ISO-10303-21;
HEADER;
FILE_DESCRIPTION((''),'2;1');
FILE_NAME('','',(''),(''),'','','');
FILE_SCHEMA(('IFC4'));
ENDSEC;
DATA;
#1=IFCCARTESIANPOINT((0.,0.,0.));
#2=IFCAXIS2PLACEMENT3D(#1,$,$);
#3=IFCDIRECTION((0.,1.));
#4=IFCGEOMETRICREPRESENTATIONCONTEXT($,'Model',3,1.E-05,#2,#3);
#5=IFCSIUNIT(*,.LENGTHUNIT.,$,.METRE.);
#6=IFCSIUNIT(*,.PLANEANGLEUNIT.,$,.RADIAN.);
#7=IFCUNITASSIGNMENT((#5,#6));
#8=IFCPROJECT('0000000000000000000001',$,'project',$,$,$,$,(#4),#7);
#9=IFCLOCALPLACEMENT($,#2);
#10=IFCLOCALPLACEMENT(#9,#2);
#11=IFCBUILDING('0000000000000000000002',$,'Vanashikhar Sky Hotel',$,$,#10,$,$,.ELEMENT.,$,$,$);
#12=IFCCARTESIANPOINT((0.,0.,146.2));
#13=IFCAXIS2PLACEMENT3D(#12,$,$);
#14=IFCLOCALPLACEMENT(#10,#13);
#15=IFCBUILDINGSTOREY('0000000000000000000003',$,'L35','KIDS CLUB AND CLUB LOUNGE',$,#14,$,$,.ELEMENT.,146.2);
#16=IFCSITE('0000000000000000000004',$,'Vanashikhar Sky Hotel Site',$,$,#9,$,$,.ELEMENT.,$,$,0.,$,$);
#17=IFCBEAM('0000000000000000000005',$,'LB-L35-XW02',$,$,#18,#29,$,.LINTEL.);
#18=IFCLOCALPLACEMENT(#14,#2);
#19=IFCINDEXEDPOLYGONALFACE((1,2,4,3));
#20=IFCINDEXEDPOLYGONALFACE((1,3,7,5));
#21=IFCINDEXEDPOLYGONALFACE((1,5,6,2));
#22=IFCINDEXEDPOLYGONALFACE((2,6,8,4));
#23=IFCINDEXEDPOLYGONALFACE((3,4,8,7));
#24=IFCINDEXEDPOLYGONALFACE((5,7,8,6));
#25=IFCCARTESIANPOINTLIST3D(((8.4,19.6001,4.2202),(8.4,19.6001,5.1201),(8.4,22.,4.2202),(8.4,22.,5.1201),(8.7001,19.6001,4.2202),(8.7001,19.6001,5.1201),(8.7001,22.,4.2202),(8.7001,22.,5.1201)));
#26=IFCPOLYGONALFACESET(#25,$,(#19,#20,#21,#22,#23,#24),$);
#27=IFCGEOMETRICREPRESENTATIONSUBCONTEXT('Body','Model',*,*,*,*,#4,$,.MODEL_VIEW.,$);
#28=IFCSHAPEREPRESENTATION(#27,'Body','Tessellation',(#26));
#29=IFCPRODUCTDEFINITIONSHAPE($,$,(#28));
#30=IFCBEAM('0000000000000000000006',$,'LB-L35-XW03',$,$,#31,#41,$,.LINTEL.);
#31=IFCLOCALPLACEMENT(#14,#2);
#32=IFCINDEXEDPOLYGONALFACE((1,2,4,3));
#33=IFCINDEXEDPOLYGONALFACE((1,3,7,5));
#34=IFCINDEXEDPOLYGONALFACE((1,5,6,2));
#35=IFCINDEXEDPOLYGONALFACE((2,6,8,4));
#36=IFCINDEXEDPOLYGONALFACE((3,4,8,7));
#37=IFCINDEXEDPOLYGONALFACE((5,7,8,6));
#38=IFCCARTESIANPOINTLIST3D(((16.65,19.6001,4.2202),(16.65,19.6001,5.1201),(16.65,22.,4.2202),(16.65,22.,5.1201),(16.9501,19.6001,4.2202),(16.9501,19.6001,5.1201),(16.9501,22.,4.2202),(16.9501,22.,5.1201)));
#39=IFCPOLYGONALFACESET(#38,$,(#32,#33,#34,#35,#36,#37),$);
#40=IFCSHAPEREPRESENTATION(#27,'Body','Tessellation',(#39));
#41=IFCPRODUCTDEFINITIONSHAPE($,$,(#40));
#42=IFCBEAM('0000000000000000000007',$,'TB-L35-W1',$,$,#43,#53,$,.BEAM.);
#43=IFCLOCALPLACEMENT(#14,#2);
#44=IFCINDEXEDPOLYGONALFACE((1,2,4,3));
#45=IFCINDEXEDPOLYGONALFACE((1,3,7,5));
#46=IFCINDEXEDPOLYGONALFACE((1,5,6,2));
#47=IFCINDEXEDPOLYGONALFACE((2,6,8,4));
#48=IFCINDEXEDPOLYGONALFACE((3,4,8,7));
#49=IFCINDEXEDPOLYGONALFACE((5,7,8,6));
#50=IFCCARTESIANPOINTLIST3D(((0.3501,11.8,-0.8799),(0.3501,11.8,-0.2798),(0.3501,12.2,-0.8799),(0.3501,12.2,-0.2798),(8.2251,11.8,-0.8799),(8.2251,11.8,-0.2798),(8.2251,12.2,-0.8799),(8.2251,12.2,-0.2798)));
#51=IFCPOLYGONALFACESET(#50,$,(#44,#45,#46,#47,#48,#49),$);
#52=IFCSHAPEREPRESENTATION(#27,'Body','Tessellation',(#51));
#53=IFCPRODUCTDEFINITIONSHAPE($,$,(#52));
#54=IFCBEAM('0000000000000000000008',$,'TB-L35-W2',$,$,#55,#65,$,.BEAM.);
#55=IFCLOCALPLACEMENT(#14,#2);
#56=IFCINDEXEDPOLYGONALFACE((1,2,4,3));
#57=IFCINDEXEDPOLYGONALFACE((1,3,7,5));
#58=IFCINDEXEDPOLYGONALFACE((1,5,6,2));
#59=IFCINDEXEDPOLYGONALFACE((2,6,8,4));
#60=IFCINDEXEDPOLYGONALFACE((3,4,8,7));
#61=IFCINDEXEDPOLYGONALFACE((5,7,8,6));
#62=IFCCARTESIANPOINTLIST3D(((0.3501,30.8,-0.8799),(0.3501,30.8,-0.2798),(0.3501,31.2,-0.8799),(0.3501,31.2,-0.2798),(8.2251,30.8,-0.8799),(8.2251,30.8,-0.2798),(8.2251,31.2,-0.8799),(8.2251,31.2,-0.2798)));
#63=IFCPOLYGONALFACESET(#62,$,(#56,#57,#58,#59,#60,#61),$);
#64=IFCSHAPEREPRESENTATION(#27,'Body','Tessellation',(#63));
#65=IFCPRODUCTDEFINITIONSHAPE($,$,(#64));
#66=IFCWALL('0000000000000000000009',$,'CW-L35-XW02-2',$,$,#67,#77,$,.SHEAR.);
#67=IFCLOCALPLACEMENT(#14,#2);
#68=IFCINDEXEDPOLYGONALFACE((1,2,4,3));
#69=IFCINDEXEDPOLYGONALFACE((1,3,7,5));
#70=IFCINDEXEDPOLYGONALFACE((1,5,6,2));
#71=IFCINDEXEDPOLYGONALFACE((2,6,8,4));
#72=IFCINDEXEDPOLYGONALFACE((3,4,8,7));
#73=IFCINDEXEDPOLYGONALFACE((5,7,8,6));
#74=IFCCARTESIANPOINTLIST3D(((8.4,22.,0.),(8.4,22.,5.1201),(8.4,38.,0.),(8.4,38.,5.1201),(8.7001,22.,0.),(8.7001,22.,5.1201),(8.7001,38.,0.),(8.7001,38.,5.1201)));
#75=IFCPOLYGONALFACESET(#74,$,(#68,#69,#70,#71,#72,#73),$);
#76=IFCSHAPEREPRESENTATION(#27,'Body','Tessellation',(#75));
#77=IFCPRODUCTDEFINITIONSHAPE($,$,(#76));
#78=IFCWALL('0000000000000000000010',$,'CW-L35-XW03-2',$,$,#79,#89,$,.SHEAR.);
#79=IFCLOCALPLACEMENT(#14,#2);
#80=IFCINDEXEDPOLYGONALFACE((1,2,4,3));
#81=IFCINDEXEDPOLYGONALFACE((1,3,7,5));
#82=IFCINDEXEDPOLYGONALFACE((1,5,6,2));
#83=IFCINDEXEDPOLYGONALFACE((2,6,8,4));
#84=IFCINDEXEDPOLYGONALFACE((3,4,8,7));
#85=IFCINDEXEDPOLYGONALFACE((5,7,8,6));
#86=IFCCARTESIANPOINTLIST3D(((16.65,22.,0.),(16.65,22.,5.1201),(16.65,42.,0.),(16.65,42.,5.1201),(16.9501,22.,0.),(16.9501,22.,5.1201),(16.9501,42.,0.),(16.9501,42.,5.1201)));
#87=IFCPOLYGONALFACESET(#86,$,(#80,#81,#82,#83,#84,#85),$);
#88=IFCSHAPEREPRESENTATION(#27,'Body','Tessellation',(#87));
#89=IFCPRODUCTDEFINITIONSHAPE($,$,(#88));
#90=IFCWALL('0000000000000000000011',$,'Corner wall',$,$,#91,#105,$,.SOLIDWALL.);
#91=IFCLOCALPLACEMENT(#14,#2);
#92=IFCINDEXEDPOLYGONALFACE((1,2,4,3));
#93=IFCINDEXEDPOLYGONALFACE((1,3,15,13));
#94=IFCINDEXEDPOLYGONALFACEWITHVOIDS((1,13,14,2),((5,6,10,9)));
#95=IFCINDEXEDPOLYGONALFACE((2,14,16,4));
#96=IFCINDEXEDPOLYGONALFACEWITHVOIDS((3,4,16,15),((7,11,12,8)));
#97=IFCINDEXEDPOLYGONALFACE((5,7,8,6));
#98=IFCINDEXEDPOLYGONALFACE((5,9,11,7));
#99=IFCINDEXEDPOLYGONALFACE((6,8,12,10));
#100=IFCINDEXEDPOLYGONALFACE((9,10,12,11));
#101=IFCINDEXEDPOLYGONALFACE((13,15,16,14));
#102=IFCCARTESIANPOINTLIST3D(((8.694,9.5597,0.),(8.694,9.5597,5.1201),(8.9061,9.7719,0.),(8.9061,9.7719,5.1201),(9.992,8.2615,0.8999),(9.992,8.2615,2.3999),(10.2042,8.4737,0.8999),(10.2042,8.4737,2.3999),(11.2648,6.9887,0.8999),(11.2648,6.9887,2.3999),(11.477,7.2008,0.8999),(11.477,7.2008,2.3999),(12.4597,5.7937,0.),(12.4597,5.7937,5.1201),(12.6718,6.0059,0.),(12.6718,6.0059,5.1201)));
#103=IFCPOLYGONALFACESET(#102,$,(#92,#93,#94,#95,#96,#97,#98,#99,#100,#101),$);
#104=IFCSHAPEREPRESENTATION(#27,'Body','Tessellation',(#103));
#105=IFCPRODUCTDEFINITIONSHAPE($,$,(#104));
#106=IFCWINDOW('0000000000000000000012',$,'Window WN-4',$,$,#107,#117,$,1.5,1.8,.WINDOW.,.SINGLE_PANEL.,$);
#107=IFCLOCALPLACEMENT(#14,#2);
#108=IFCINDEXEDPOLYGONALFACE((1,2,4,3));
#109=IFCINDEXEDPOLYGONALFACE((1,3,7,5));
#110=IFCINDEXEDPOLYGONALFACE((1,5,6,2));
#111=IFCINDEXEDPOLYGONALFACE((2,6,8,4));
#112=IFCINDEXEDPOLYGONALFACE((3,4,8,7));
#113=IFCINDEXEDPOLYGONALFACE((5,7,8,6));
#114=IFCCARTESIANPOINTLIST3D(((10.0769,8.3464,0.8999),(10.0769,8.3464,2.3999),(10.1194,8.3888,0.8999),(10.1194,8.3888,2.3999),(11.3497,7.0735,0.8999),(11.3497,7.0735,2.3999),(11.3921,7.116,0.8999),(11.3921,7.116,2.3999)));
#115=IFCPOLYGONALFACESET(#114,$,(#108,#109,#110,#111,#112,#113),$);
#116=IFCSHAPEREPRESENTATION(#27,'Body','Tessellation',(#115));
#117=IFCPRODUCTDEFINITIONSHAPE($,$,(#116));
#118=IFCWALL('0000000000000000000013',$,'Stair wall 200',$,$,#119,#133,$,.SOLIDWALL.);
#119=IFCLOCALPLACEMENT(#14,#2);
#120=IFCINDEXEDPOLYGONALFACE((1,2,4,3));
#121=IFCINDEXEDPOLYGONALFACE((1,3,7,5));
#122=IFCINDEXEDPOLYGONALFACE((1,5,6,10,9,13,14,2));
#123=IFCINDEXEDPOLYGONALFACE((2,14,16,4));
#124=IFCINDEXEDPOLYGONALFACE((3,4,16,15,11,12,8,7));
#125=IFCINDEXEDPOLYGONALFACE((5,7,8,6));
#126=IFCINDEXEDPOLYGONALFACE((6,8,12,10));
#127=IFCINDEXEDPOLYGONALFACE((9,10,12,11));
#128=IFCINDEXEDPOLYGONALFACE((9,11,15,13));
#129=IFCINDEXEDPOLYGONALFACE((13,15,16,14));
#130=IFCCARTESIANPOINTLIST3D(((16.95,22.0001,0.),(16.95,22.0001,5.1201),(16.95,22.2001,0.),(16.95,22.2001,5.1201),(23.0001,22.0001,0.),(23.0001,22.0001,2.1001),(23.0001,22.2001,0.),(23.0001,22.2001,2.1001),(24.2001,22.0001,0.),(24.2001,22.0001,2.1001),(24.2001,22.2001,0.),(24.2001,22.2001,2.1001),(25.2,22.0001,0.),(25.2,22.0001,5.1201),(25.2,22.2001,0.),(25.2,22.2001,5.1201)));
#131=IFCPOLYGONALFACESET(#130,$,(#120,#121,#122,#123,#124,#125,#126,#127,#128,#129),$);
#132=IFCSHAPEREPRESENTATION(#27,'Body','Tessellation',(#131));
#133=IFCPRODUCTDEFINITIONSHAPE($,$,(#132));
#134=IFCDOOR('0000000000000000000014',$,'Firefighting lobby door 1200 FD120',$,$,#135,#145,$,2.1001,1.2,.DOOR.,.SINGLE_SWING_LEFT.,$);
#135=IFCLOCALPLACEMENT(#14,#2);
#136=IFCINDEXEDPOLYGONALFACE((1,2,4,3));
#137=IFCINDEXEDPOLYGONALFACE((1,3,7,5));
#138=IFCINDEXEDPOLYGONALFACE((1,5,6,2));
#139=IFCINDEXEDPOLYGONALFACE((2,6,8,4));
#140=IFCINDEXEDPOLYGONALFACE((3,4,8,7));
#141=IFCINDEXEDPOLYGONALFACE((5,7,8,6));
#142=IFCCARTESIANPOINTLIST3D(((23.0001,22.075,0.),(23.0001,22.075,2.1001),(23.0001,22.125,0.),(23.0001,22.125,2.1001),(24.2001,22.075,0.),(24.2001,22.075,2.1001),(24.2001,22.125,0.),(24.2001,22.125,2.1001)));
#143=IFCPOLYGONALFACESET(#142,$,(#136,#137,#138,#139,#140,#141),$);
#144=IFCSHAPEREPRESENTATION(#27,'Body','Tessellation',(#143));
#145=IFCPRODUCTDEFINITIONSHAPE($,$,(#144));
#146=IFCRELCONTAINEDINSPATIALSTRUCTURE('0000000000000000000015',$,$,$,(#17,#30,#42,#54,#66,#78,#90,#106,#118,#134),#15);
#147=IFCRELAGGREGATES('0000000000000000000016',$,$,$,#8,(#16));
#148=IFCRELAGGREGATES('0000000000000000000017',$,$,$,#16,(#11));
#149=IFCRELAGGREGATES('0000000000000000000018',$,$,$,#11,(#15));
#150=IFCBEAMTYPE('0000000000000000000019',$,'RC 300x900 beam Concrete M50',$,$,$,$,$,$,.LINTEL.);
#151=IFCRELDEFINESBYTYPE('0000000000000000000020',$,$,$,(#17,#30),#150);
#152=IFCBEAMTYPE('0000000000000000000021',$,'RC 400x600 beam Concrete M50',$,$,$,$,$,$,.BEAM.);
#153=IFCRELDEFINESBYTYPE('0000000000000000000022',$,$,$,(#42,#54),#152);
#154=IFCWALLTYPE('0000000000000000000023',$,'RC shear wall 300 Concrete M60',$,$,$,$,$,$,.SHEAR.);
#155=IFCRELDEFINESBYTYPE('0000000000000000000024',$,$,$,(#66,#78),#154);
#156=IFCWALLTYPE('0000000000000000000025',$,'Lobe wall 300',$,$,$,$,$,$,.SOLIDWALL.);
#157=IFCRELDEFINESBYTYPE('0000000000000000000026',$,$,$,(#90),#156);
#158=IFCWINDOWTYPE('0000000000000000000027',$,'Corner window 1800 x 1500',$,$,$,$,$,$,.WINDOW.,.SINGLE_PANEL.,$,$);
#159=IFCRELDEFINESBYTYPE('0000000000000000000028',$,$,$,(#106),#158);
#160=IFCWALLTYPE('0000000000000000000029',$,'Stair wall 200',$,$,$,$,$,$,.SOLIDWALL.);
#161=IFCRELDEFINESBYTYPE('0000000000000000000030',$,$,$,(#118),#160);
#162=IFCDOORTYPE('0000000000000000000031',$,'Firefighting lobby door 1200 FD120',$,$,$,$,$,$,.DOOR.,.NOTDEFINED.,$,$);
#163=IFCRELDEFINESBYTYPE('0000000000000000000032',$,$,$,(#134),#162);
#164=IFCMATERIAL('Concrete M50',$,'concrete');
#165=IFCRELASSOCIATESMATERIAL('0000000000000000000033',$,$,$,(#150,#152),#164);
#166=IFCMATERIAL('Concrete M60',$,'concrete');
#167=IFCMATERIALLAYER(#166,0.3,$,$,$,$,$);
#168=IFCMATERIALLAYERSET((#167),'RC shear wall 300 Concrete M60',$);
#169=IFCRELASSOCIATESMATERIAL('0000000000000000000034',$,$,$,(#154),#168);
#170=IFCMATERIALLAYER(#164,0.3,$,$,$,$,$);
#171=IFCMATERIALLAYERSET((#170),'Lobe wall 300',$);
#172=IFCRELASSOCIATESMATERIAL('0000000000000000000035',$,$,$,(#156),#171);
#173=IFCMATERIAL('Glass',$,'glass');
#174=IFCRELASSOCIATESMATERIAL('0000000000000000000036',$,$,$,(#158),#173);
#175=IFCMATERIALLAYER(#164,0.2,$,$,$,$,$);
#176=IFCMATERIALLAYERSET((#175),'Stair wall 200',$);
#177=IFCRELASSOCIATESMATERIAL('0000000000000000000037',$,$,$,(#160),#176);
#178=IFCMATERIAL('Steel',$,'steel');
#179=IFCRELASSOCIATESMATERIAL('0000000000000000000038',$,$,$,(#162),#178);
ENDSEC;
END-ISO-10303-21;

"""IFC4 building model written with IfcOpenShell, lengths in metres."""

from ifc_helpers import new_model, si_unit, direction, frame, frame_2d, origin, origin_2d, place, context, subcontext, project, spatial, rectangle, extrude, source, transform, mapped, material, layer, layer_set, material_profile, profile_set, type_object, element, fill, save


model = new_model("IFC4")

# Units and contexts
model_context = context("Model", 3, precision=1e-05, world=origin(), true_north=direction((0.0, 1.0)))
body_context = subcontext(model_context, "Body", "Model", "MODEL_VIEW")
ifc_project = project(units=[si_unit("LENGTHUNIT", "METRE"), si_unit("PLANEANGLEUNIT", "RADIAN")], contexts=[model_context])

# Site, building, storey
site_placement = place(None, origin())
site = spatial("IfcSite", under=ifc_project, at=site_placement, Name="Vanashikhar Sky Hotel Site", CompositionType="ELEMENT", RefElevation=0.0)
building_placement = place(site_placement, origin())
building = spatial("IfcBuilding", under=site, at=building_placement, Name="Vanashikhar Sky Hotel", CompositionType="ELEMENT")
storey_placement = place(building_placement, frame((0.0, 0.0, 146.2)))
storey = spatial("IfcBuildingStorey", under=building, at=storey_placement, Name="L35", Description="KIDS CLUB AND CLUB LOUNGE", CompositionType="ELEMENT", Elevation=146.2)

# Beams
ifc_material_1 = material(Name="Concrete M50", Category="concrete")
ifc_material_profile_1 = material_profile(ifc_material_1, rectangle(XDim=0.3, YDim=0.8999, at=origin_2d()))
ifc_profile_set_1 = profile_set([ifc_material_profile_1], Name="RC 300x900 beam Concrete M50")
beam_type_1 = type_object("IfcBeamType", Name="RC 300x900 beam Concrete M50", PredefinedType="LINTEL", material=ifc_profile_set_1)
shared_shape_1 = source(origin(), body_context, "Body", "SweptSolid", [
    extrude(rectangle(XDim=0.3, YDim=0.8999, at=origin_2d()), origin(), (0.0, 0.0, 1.0), 2.3999),
])
for number, where, z_axis, x_axis, name in (
    (1, (8.55, 19.6001, 4.6702), (0.0, 1.0, 0.0), (-1.0, 0.0, 0.0), "LB-L35-XW02"),
    (2, (16.8, 19.6001, 4.6702), (0.0, 1.0, 0.0), (-1.0, 0.0, 0.0), "LB-L35-XW03"),
):
    element("IfcBeam", number, at=place(storey_placement, frame(where, z_axis=z_axis, x_axis=x_axis)), inside=storey, type_object=beam_type_1, Name=name, PredefinedType="LINTEL", context=body_context, shape_type="MappedRepresentation", body=[
        mapped(shared_shape_1, transform((0.0, 0.0, 0.0), scale=1.0)),
    ])
ifc_material_profile_2 = material_profile(ifc_material_1, rectangle(XDim=0.3999, YDim=0.6001, at=origin_2d()))
ifc_profile_set_2 = profile_set([ifc_material_profile_2], Name="RC 400x600 beam Concrete M50")
beam_type_2 = type_object("IfcBeamType", Name="RC 400x600 beam Concrete M50", PredefinedType="BEAM", material=ifc_profile_set_2)
shared_shape_2 = source(origin(), body_context, "Body", "SweptSolid", [
    extrude(rectangle(XDim=0.3999, YDim=0.6001, at=origin_2d()), origin(), (0.0, 0.0, 1.0), 7.875),
])
for number, where, z_axis, x_axis, name in (
    (3, (0.3501, 12.0, -0.5798), (1.0, 0.0, 0.0), (0.0, 1.0, 0.0), "TB-L35-W1"),
    (4, (0.3501, 31.0, -0.5798), (1.0, 0.0, 0.0), (0.0, 1.0, 0.0), "TB-L35-W2"),
):
    element("IfcBeam", number, at=place(storey_placement, frame(where, z_axis=z_axis, x_axis=x_axis)), inside=storey, type_object=beam_type_2, Name=name, PredefinedType="BEAM", context=body_context, shape_type="MappedRepresentation", body=[
        mapped(shared_shape_2, transform((0.0, 0.0, 0.0), scale=1.0)),
    ])

# Shared definitions
ifc_material_2 = material(Name="Concrete M60", Category="concrete")
ifc_layer_1 = layer(ifc_material_2, 0.3)
ifc_layer_set_1 = layer_set([ifc_layer_1], Name="RC shear wall 300 Concrete M60")
wall_type_1 = type_object("IfcWallType", Name="RC shear wall 300 Concrete M60", PredefinedType="SHEAR", material=ifc_layer_set_1)

# Walls
shared_shape_3 = source(origin(), body_context, "Body", "SweptSolid", [
    extrude(rectangle(XDim=16.0, YDim=0.3, at=frame_2d((8.0, 0.0))), origin(), (0.0, 0.0, 1.0), 5.1201),
])
wall_1_placement = place(storey_placement, frame((8.55, 22.0, 0.0), z_axis=(0.0, 0.0, 1.0), x_axis=(0.0, 1.0, 0.0)))
element("IfcWall", 5, at=wall_1_placement, inside=storey, type_object=wall_type_1, Name="CW-L35-XW02-2", PredefinedType="SHEAR", context=body_context, shape_type="MappedRepresentation", body=[
    mapped(shared_shape_3, transform((0.0, 0.0, 0.0), scale=1.0)),
])
shared_shape_4 = source(origin(), body_context, "Body", "SweptSolid", [
    extrude(rectangle(XDim=20.0, YDim=0.3, at=frame_2d((10.0, 0.0))), origin(), (0.0, 0.0, 1.0), 5.1201),
])
wall_2_placement = place(storey_placement, frame((16.8, 22.0, 0.0), z_axis=(0.0, 0.0, 1.0), x_axis=(0.0, 1.0, 0.0)))
element("IfcWall", 6, at=wall_2_placement, inside=storey, type_object=wall_type_1, Name="CW-L35-XW03-2", PredefinedType="SHEAR", context=body_context, shape_type="MappedRepresentation", body=[
    mapped(shared_shape_4, transform((0.0, 0.0, 0.0), scale=1.0)),
])

# Wall, opening, window
ifc_layer_2 = layer(ifc_material_1, 0.3)
ifc_layer_set_2 = layer_set([ifc_layer_2], Name="Lobe wall 300")
wall_type_2 = type_object("IfcWallType", Name="Lobe wall 300", PredefinedType="SOLIDWALL", material=ifc_layer_set_2)
shared_shape_5 = source(origin(), body_context, "Body", "SweptSolid", [
    extrude(rectangle(XDim=5.3257, YDim=0.3, at=frame_2d((2.6628, 0.0))), origin(), (0.0, 0.0, 1.0), 5.1201),
])
wall_3_placement = place(storey_placement, frame((8.8, 9.6658, 0.0), z_axis=(0.0, 0.0, 1.0), x_axis=(0.707084, -0.70713, 0.0)))
wall_3 = element("IfcWall", 7, at=wall_3_placement, inside=storey, type_object=wall_type_2, Name="Corner wall", PredefinedType="SOLIDWALL", context=body_context, shape_type="MappedRepresentation", body=[
    mapped(shared_shape_5, transform((0.0, 0.0, 0.0), scale=1.0)),
])
shared_shape_6 = source(origin(), body_context, "Body", "SweptSolid", [
    extrude(rectangle(XDim=1.8, YDim=1.5, at=frame_2d((0.8999, 0.75))), frame((0.0, 0.1602, 0.0), z_axis=(0.0, -1.0, 0.0), x_axis=(1.0, 0.0, 0.0)), (0.0, 0.0, 1.0), 0.3201),
])
opening_1_placement = place(wall_3_placement, frame((1.8359, 0.0, 0.8999)))
opening_1 = element("IfcOpeningElement", 8, at=opening_1_placement, cuts=wall_3, PredefinedType="OPENING", context=body_context, shape_type="MappedRepresentation", body=[
    mapped(shared_shape_6, transform((0.0, 0.0, 0.0), scale=1.0)),
])
ifc_material_3 = material(Name="Glass", Category="glass")
window_type = type_object("IfcWindowType", Name="Corner window 1800 x 1500", PartitioningType="SINGLE_PANEL", PredefinedType="WINDOW", material=ifc_material_3)
shared_shape_7 = source(origin(), body_context, "Body", "SweptSolid", [
    extrude(rectangle(XDim=1.8, YDim=1.5, at=frame_2d((0.8999, 0.75))), frame((0.0, 0.03, 0.0), z_axis=(0.0, -1.0, 0.0), x_axis=(1.0, 0.0, 0.0)), (0.0, 0.0, 1.0), 0.0601),
])
window_placement = place(opening_1_placement, origin())
window = element("IfcWindow", 9, at=window_placement, inside=storey, type_object=window_type, Name="Window WN-4", OverallHeight=1.5, OverallWidth=1.8, PartitioningType="SINGLE_PANEL", PredefinedType="WINDOW", context=body_context, shape_type="MappedRepresentation", body=[
    mapped(shared_shape_7, transform((0.0, 0.0, 0.0), scale=1.0)),
])
fill(opening_1, window)

# Wall, opening, door
ifc_layer_3 = layer(ifc_material_1, 0.2)
ifc_layer_set_3 = layer_set([ifc_layer_3], Name="Stair wall 200")
wall_type_3 = type_object("IfcWallType", Name="Stair wall 200", PredefinedType="SOLIDWALL", material=ifc_layer_set_3)
shared_shape_8 = source(origin(), body_context, "Body", "SweptSolid", [
    extrude(rectangle(XDim=8.25, YDim=0.2, at=frame_2d((4.125, 0.0))), origin(), (0.0, 0.0, 1.0), 5.1201),
])
wall_4_placement = place(storey_placement, frame((16.95, 22.1001, 0.0), z_axis=(0.0, 0.0, 1.0), x_axis=(1.0, 0.0, 0.0)))
wall_4 = element("IfcWall", 10, at=wall_4_placement, inside=storey, type_object=wall_type_3, Name="Stair wall 200", PredefinedType="SOLIDWALL", context=body_context, shape_type="MappedRepresentation", body=[
    mapped(shared_shape_8, transform((0.0, 0.0, 0.0), scale=1.0)),
])
shared_shape_9 = source(origin(), body_context, "Body", "SweptSolid", [
    extrude(rectangle(XDim=1.2, YDim=2.1001, at=frame_2d((0.6001, 1.05))), frame((0.0, 0.1099, 0.0), z_axis=(0.0, -1.0, 0.0), x_axis=(1.0, 0.0, 0.0)), (0.0, 0.0, 1.0), 0.22),
])
opening_2_placement = place(wall_4_placement, frame((6.05, 0.0, 0.0)))
opening_2 = element("IfcOpeningElement", 11, at=opening_2_placement, cuts=wall_4, PredefinedType="OPENING", context=body_context, shape_type="MappedRepresentation", body=[
    mapped(shared_shape_9, transform((0.0, 0.0, 0.0), scale=1.0)),
])
ifc_material_4 = material(Name="Steel", Category="steel")
door_type_1 = type_object("IfcDoorType", Name="Firefighting lobby door 1200 FD120", OperationType="NOTDEFINED", PredefinedType="DOOR", material=ifc_material_4)
shared_shape_10 = source(origin(), body_context, "Body", "SweptSolid", [
    extrude(rectangle(XDim=1.2, YDim=2.1001, at=frame_2d((0.6001, 1.05))), frame((0.0, 0.0249, 0.0), z_axis=(0.0, -1.0, 0.0), x_axis=(1.0, 0.0, 0.0)), (0.0, 0.0, 1.0), 0.05),
])
door_1_placement = place(opening_2_placement, origin())
door_1 = element("IfcDoor", 12, at=door_1_placement, inside=storey, type_object=door_type_1, Name="Firefighting lobby door 1200 FD120", OperationType="SINGLE_SWING_LEFT", OverallHeight=2.1001, OverallWidth=1.2, PredefinedType="DOOR", context=body_context, shape_type="MappedRepresentation", body=[
    mapped(shared_shape_10, transform((0.0, 0.0, 0.0), scale=1.0)),
])
fill(opening_2, door_1)

save(model, "model.ifc")
